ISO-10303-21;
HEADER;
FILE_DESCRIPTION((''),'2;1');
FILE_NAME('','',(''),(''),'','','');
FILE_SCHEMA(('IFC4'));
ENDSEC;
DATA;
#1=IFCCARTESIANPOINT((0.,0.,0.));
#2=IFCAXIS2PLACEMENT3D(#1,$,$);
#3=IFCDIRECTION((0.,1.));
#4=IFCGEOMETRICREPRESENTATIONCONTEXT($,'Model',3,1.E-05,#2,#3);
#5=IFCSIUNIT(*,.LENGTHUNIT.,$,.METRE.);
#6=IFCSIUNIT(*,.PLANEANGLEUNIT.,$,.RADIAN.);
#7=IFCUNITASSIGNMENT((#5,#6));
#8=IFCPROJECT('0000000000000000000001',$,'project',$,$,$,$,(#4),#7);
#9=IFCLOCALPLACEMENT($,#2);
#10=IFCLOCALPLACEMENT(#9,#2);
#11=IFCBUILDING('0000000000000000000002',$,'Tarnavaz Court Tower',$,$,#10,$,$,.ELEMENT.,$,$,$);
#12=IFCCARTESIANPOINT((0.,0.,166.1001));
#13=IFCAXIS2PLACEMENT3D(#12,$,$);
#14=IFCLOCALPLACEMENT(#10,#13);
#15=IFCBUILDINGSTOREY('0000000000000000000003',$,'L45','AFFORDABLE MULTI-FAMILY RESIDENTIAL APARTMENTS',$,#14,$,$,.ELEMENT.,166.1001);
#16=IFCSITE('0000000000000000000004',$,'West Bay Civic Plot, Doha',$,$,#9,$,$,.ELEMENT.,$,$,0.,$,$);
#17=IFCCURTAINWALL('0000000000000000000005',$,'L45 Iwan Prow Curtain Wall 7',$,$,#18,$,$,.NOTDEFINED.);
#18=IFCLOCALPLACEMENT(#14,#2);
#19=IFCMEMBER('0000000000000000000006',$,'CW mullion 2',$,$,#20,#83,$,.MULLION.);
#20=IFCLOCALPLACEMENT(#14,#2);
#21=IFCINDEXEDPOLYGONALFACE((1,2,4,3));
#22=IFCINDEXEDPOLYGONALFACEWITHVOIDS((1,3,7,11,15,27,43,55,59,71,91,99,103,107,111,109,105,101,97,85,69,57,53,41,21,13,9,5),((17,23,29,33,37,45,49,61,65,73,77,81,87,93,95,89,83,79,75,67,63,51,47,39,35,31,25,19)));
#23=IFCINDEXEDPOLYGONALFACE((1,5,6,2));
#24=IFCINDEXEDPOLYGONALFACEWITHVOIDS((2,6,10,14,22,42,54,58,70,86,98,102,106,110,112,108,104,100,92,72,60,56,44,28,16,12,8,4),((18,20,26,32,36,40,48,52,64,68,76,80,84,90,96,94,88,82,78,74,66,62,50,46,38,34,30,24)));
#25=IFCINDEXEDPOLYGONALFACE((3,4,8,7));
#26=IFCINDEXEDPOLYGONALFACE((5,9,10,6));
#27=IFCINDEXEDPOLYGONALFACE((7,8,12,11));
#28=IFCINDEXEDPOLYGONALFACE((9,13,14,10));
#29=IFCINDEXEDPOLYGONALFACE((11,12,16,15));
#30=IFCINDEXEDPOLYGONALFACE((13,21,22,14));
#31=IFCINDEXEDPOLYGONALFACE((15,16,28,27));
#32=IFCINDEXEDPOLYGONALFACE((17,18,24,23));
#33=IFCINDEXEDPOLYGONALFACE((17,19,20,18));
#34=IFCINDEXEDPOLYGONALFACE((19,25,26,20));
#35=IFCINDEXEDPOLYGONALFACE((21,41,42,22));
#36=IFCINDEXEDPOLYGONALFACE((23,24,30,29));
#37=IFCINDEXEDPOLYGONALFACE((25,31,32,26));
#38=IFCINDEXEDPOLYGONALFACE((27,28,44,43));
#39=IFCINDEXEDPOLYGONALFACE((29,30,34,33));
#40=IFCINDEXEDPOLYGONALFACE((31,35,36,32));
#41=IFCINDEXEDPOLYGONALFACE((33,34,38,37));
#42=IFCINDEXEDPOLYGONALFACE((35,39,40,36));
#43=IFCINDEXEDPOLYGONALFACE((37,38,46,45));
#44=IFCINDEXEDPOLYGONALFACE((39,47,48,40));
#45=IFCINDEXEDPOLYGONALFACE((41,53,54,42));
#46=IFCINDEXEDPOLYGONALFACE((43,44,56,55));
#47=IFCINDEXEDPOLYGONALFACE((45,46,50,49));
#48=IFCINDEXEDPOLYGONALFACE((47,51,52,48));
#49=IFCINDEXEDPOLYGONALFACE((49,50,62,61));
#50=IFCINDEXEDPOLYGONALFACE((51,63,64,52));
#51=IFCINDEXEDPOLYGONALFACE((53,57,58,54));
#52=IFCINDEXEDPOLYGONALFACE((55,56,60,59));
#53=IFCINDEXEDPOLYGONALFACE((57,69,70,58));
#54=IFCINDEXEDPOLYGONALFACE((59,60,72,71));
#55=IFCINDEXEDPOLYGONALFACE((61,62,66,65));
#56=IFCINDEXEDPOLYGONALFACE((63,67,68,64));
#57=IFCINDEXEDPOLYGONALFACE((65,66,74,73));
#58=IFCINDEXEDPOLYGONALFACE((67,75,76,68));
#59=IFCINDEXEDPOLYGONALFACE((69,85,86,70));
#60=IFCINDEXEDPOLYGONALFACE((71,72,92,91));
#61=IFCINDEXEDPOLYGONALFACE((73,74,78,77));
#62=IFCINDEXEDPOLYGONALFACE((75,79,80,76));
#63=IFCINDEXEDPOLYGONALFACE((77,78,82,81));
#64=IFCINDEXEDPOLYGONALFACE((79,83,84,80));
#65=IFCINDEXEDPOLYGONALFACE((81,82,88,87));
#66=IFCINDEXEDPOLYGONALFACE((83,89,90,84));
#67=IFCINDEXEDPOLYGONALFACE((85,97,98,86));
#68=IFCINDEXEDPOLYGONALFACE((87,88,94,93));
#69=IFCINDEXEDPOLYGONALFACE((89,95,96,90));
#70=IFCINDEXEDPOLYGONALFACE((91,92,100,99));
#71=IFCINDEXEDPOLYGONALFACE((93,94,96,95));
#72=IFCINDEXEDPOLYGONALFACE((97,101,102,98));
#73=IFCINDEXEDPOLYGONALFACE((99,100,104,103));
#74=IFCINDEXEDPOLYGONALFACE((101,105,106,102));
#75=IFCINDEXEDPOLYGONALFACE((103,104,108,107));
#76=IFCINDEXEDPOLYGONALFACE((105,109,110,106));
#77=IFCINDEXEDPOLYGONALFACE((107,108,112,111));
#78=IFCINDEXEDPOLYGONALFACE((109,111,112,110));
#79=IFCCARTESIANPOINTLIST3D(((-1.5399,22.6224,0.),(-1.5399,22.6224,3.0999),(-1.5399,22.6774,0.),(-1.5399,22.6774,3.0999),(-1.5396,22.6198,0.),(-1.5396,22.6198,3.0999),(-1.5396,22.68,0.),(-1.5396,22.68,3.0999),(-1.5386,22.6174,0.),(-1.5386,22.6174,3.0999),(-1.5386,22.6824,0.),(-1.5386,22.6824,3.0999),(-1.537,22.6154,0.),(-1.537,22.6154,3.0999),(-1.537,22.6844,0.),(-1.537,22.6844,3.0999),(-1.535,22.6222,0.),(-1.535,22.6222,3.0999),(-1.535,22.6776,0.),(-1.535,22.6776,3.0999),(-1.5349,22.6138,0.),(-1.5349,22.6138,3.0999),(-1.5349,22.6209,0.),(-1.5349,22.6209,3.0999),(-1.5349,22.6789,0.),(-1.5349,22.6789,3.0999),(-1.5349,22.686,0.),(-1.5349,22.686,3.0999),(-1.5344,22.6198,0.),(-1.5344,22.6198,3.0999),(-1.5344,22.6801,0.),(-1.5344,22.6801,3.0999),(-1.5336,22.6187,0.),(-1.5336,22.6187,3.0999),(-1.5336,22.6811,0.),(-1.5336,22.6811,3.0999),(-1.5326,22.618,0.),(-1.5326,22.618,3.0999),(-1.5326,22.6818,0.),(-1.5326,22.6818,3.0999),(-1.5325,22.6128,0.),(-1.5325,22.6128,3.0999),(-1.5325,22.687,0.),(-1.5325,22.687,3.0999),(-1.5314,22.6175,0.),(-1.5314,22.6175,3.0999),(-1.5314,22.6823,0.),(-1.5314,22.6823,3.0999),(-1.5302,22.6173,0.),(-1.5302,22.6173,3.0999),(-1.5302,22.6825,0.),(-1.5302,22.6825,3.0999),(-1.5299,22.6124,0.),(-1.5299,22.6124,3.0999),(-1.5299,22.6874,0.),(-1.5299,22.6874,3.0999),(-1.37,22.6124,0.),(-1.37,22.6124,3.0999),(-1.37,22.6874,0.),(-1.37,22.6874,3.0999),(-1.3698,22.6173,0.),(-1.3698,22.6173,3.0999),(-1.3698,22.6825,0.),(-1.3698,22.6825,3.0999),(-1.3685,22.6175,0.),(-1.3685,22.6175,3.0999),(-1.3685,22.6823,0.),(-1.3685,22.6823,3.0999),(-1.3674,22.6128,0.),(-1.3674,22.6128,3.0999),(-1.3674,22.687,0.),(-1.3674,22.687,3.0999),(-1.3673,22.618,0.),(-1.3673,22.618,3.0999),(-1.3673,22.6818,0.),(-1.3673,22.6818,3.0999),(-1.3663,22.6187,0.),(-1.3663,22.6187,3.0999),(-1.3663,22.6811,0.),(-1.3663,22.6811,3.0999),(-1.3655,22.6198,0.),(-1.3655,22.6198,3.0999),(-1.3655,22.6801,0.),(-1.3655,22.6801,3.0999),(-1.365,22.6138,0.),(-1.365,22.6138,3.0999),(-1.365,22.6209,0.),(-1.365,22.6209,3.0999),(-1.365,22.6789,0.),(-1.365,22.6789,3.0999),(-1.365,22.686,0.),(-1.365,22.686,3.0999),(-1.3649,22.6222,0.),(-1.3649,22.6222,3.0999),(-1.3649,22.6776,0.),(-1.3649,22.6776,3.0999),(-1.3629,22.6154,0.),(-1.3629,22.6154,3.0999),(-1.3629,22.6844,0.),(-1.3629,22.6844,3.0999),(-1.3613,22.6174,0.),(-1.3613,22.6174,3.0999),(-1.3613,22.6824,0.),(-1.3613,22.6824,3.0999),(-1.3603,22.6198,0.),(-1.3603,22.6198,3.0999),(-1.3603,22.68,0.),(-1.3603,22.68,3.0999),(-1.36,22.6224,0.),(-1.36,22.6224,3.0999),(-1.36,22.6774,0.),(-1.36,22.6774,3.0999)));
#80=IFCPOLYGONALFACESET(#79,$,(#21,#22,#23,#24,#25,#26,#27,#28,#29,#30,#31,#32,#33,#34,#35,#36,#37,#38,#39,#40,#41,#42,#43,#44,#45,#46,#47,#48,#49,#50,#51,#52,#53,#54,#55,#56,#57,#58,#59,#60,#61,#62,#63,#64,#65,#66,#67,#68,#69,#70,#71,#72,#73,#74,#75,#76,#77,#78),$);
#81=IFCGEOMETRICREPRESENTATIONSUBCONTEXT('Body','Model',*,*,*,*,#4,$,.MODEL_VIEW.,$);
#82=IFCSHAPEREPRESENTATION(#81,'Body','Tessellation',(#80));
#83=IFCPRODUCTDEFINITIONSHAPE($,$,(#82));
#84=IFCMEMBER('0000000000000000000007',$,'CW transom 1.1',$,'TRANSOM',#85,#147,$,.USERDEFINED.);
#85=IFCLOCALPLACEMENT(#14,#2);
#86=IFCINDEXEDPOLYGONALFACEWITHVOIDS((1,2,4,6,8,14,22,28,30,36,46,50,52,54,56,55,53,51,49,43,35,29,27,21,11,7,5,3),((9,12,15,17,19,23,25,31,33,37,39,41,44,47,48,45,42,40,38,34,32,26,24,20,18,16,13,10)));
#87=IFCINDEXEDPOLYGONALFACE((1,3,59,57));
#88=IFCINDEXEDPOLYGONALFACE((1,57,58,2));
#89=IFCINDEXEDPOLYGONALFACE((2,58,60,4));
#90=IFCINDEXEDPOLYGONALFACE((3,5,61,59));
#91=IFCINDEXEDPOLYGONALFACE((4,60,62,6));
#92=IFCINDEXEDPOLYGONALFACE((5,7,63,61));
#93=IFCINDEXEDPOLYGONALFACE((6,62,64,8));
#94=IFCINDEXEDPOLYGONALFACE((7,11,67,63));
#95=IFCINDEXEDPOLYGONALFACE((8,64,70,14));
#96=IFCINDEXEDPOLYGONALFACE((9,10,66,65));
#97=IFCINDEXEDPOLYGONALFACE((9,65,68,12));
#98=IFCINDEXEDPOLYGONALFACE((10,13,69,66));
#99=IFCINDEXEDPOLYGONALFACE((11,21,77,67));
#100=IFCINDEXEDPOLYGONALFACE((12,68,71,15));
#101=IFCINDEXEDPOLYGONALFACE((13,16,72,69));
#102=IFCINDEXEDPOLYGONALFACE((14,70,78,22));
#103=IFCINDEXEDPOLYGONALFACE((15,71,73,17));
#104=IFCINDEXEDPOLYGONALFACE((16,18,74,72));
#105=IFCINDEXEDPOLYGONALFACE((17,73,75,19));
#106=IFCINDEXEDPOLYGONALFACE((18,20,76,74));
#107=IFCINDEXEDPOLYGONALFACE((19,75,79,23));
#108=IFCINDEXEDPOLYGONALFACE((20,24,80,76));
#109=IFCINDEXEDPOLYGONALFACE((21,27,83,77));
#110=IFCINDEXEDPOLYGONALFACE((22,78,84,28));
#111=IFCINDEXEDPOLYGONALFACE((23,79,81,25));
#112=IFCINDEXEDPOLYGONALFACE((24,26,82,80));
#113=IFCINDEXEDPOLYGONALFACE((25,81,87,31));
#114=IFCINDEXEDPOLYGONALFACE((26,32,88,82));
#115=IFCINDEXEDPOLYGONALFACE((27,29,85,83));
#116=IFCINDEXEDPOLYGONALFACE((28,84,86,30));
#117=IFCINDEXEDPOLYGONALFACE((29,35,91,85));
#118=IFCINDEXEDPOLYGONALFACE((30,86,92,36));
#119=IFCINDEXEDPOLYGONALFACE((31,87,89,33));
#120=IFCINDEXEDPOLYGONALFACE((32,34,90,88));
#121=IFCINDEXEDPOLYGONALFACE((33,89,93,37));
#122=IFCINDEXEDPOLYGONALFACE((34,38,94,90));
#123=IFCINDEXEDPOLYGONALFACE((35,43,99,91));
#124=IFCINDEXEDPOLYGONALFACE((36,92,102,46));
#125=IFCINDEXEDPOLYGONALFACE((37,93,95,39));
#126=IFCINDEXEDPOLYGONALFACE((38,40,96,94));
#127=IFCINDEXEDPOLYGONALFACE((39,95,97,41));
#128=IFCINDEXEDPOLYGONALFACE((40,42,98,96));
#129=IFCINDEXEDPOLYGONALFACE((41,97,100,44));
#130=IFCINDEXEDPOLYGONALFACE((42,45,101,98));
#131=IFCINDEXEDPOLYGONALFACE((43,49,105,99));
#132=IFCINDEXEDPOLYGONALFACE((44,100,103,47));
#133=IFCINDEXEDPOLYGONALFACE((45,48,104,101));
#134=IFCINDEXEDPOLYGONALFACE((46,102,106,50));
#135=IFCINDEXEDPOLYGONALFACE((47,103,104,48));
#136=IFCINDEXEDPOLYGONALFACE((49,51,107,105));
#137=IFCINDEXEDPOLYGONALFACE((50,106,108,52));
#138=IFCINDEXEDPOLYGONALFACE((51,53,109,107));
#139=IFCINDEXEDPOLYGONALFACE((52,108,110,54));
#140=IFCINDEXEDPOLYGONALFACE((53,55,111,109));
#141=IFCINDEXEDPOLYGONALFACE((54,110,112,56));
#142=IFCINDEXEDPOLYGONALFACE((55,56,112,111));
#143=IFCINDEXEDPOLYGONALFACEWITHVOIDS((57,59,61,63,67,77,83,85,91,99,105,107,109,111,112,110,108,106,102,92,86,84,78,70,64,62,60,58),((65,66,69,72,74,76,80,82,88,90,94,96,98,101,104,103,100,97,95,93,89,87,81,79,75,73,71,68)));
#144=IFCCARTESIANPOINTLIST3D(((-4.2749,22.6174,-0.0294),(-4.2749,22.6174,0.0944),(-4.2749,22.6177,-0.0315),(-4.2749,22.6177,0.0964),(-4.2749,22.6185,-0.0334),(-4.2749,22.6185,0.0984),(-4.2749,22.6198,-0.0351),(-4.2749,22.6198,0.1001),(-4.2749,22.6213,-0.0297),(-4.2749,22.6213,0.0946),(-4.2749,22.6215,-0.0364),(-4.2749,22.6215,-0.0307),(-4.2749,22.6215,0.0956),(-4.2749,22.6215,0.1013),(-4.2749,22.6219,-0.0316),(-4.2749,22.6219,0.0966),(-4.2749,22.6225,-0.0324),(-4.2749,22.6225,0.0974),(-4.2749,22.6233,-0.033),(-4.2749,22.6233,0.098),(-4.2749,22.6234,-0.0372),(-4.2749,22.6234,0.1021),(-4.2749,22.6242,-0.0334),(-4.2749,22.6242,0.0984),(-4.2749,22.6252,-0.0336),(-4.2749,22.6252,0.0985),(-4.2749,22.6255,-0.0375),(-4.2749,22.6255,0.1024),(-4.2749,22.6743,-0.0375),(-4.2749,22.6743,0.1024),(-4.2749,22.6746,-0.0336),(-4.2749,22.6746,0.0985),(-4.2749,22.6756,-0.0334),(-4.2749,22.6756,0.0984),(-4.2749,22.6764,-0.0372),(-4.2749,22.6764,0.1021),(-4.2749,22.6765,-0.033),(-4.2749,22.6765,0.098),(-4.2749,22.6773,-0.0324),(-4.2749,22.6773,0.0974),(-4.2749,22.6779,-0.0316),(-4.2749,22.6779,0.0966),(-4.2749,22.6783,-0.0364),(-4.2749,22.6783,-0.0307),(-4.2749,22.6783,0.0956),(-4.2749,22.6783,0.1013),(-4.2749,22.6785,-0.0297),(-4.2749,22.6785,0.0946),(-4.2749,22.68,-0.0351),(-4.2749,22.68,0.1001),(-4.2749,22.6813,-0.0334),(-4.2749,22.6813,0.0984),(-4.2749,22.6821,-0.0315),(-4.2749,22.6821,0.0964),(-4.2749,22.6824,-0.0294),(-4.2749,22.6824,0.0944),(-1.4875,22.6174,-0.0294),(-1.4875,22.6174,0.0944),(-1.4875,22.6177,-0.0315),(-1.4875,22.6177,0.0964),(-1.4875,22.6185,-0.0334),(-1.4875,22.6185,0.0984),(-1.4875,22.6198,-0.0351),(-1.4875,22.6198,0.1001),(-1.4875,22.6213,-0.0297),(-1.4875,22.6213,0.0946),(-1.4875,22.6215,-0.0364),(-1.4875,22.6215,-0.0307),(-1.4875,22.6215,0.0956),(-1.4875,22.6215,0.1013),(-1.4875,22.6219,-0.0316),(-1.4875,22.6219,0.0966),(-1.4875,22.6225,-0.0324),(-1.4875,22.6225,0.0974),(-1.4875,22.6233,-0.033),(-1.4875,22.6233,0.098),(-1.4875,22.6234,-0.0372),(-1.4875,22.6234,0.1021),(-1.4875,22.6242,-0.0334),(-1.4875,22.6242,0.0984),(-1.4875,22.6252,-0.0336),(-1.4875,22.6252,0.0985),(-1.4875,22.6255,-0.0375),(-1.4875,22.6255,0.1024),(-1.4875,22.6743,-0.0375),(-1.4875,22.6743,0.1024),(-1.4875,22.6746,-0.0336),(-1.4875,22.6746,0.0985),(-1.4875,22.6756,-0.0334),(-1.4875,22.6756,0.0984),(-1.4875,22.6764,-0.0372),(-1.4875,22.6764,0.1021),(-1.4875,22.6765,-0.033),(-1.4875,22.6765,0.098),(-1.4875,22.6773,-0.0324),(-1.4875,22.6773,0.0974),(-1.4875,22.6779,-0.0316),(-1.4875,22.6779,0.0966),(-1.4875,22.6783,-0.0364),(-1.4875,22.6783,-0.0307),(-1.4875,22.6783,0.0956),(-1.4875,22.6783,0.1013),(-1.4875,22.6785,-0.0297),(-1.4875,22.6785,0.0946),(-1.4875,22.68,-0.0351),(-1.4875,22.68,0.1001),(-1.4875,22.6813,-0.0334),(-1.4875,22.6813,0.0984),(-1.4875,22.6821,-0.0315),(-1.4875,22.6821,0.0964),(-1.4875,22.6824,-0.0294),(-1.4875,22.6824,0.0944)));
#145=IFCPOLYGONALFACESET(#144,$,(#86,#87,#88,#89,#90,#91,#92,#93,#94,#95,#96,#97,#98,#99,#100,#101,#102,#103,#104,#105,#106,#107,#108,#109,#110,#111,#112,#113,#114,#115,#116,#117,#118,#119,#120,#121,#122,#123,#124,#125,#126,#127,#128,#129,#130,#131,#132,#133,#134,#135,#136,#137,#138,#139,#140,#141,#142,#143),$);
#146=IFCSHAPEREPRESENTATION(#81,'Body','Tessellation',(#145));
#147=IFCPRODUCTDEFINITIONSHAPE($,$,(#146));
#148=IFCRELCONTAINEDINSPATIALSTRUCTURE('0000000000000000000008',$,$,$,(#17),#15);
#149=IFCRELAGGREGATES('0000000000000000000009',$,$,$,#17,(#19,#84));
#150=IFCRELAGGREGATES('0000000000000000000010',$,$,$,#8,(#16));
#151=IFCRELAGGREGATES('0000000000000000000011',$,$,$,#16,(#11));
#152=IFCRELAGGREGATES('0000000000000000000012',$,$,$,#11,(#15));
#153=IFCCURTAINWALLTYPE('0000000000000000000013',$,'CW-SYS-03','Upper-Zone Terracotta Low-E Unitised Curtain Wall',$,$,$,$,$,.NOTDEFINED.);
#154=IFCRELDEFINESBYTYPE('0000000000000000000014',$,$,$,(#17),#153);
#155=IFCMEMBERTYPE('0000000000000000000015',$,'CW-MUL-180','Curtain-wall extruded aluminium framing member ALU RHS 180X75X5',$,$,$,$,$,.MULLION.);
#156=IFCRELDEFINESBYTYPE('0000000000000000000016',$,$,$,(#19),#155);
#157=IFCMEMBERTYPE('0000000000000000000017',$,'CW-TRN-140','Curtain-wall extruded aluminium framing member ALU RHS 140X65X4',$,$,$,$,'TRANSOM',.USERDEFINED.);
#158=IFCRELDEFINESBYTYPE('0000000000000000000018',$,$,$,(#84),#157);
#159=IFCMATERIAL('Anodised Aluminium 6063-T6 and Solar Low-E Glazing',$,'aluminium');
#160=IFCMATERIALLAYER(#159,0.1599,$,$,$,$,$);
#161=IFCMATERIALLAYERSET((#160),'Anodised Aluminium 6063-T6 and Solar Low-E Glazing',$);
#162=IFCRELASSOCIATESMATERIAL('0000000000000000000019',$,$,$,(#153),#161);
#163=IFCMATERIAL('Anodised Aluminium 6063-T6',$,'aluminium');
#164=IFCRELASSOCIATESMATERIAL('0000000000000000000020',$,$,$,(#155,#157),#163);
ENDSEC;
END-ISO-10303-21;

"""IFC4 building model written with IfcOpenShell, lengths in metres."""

from ifc_helpers import new_model, si_unit, direction, frame, origin, origin_2d, place, context, subcontext, project, spatial, hollow_rectangle, extrude, material, layer, layer_set, material_profile, profile_set, type_object, element, aggregate, save


model = new_model("IFC4")

# Units and contexts
model_context = context("Model", 3, precision=1e-05, world=origin(), true_north=direction((0.0, 1.0)))
body_context = subcontext(model_context, "Body", "Model", "MODEL_VIEW")
ifc_project = project(units=[si_unit("LENGTHUNIT", "METRE"), si_unit("PLANEANGLEUNIT", "RADIAN")], contexts=[model_context])

# Site, building, storey
site_placement = place(None, origin())
site = spatial("IfcSite", under=ifc_project, at=site_placement, Name="West Bay Civic Plot, Doha", CompositionType="ELEMENT", RefElevation=0.0)
building_placement = place(site_placement, origin())
building = spatial("IfcBuilding", under=site, at=building_placement, Name="Tarnavaz Court Tower", CompositionType="ELEMENT")
storey_placement = place(building_placement, frame((0.0, 0.0, 166.1001)))
storey = spatial("IfcBuildingStorey", under=building, at=storey_placement, Name="L45", Description="AFFORDABLE MULTI-FAMILY RESIDENTIAL APARTMENTS", CompositionType="ELEMENT", Elevation=166.1001)

# Curtain wall, members
ifc_material_1 = material(Name="Anodised Aluminium 6063-T6 and Solar Low-E Glazing", Category="aluminium")
ifc_layer_1 = layer(ifc_material_1, 0.1599)
ifc_layer_set_1 = layer_set([ifc_layer_1], Name="Anodised Aluminium 6063-T6 and Solar Low-E Glazing")
curtain_wall_type = type_object("IfcCurtainWallType", Name="CW-SYS-03", Description="Upper-Zone Terracotta Low-E Unitised Curtain Wall", PredefinedType="NOTDEFINED", material=ifc_layer_set_1)
curtain_wall_placement = place(storey_placement, origin())
curtain_wall = element("IfcCurtainWall", 1, at=curtain_wall_placement, inside=storey, type_object=curtain_wall_type, Name="L45 Iwan Prow Curtain Wall 7", PredefinedType="NOTDEFINED")
ifc_material_2 = material(Name="Anodised Aluminium 6063-T6", Category="aluminium")
ifc_material_profile_1 = material_profile(ifc_material_2, hollow_rectangle(XDim=0.075, YDim=0.1799, WallThickness=0.0049, InnerFilletRadius=0.0049, OuterFilletRadius=0.01, at=origin_2d()), Name="ALU RHS 180X75X5")
ifc_profile_set_1 = profile_set([ifc_material_profile_1], Name="Anodised Aluminium 6063-T6")
member_type_1 = type_object("IfcMemberType", Name="CW-MUL-180", Description="Curtain-wall extruded aluminium framing member ALU RHS 180X75X5", PredefinedType="MULLION", material=ifc_profile_set_1)
member_1_placement = place(storey_placement, frame((-1.45, 22.6499, 0.0), z_axis=(0.0, 0.0, 1.0), x_axis=(0.0, 1.0, 0.0)))
member_1 = element("IfcMember", 2, at=member_1_placement, type_object=member_type_1, Name="CW mullion 2", PredefinedType="MULLION", context=body_context, shape_type="SweptSolid", body=[
    extrude(hollow_rectangle(XDim=0.075, YDim=0.1799, WallThickness=0.0049, InnerFilletRadius=0.0049, OuterFilletRadius=0.01, at=origin_2d()), origin(), (0.0, 0.0, 1.0), 3.0999),
])
ifc_material_profile_2 = material_profile(ifc_material_2, hollow_rectangle(XDim=0.0649, YDim=0.1399, WallThickness=0.0039, InnerFilletRadius=0.0039, OuterFilletRadius=0.0081, at=origin_2d()), Name="ALU RHS 140X65X4")
ifc_profile_set_2 = profile_set([ifc_material_profile_2], Name="Anodised Aluminium 6063-T6")
member_type_2 = type_object("IfcMemberType", Name="CW-TRN-140", Description="Curtain-wall extruded aluminium framing member ALU RHS 140X65X4", ElementType="TRANSOM", PredefinedType="USERDEFINED", material=ifc_profile_set_2)
member_2_placement = place(storey_placement, frame((-4.2749, 22.6499, 0.0325), z_axis=(1.0, 0.0, 0.0), x_axis=(0.0, 1.0, 0.0)))
member_2 = element("IfcMember", 3, at=member_2_placement, type_object=member_type_2, Name="CW transom 1.1", ObjectType="TRANSOM", PredefinedType="USERDEFINED", context=body_context, shape_type="SweptSolid", body=[
    extrude(hollow_rectangle(XDim=0.0649, YDim=0.1399, WallThickness=0.0039, InnerFilletRadius=0.0039, OuterFilletRadius=0.0081, at=origin_2d()), origin(), (0.0, 0.0, 1.0), 2.7874),
])
aggregate(curtain_wall, [member_1, member_2])

save(model, "model.ifc")
